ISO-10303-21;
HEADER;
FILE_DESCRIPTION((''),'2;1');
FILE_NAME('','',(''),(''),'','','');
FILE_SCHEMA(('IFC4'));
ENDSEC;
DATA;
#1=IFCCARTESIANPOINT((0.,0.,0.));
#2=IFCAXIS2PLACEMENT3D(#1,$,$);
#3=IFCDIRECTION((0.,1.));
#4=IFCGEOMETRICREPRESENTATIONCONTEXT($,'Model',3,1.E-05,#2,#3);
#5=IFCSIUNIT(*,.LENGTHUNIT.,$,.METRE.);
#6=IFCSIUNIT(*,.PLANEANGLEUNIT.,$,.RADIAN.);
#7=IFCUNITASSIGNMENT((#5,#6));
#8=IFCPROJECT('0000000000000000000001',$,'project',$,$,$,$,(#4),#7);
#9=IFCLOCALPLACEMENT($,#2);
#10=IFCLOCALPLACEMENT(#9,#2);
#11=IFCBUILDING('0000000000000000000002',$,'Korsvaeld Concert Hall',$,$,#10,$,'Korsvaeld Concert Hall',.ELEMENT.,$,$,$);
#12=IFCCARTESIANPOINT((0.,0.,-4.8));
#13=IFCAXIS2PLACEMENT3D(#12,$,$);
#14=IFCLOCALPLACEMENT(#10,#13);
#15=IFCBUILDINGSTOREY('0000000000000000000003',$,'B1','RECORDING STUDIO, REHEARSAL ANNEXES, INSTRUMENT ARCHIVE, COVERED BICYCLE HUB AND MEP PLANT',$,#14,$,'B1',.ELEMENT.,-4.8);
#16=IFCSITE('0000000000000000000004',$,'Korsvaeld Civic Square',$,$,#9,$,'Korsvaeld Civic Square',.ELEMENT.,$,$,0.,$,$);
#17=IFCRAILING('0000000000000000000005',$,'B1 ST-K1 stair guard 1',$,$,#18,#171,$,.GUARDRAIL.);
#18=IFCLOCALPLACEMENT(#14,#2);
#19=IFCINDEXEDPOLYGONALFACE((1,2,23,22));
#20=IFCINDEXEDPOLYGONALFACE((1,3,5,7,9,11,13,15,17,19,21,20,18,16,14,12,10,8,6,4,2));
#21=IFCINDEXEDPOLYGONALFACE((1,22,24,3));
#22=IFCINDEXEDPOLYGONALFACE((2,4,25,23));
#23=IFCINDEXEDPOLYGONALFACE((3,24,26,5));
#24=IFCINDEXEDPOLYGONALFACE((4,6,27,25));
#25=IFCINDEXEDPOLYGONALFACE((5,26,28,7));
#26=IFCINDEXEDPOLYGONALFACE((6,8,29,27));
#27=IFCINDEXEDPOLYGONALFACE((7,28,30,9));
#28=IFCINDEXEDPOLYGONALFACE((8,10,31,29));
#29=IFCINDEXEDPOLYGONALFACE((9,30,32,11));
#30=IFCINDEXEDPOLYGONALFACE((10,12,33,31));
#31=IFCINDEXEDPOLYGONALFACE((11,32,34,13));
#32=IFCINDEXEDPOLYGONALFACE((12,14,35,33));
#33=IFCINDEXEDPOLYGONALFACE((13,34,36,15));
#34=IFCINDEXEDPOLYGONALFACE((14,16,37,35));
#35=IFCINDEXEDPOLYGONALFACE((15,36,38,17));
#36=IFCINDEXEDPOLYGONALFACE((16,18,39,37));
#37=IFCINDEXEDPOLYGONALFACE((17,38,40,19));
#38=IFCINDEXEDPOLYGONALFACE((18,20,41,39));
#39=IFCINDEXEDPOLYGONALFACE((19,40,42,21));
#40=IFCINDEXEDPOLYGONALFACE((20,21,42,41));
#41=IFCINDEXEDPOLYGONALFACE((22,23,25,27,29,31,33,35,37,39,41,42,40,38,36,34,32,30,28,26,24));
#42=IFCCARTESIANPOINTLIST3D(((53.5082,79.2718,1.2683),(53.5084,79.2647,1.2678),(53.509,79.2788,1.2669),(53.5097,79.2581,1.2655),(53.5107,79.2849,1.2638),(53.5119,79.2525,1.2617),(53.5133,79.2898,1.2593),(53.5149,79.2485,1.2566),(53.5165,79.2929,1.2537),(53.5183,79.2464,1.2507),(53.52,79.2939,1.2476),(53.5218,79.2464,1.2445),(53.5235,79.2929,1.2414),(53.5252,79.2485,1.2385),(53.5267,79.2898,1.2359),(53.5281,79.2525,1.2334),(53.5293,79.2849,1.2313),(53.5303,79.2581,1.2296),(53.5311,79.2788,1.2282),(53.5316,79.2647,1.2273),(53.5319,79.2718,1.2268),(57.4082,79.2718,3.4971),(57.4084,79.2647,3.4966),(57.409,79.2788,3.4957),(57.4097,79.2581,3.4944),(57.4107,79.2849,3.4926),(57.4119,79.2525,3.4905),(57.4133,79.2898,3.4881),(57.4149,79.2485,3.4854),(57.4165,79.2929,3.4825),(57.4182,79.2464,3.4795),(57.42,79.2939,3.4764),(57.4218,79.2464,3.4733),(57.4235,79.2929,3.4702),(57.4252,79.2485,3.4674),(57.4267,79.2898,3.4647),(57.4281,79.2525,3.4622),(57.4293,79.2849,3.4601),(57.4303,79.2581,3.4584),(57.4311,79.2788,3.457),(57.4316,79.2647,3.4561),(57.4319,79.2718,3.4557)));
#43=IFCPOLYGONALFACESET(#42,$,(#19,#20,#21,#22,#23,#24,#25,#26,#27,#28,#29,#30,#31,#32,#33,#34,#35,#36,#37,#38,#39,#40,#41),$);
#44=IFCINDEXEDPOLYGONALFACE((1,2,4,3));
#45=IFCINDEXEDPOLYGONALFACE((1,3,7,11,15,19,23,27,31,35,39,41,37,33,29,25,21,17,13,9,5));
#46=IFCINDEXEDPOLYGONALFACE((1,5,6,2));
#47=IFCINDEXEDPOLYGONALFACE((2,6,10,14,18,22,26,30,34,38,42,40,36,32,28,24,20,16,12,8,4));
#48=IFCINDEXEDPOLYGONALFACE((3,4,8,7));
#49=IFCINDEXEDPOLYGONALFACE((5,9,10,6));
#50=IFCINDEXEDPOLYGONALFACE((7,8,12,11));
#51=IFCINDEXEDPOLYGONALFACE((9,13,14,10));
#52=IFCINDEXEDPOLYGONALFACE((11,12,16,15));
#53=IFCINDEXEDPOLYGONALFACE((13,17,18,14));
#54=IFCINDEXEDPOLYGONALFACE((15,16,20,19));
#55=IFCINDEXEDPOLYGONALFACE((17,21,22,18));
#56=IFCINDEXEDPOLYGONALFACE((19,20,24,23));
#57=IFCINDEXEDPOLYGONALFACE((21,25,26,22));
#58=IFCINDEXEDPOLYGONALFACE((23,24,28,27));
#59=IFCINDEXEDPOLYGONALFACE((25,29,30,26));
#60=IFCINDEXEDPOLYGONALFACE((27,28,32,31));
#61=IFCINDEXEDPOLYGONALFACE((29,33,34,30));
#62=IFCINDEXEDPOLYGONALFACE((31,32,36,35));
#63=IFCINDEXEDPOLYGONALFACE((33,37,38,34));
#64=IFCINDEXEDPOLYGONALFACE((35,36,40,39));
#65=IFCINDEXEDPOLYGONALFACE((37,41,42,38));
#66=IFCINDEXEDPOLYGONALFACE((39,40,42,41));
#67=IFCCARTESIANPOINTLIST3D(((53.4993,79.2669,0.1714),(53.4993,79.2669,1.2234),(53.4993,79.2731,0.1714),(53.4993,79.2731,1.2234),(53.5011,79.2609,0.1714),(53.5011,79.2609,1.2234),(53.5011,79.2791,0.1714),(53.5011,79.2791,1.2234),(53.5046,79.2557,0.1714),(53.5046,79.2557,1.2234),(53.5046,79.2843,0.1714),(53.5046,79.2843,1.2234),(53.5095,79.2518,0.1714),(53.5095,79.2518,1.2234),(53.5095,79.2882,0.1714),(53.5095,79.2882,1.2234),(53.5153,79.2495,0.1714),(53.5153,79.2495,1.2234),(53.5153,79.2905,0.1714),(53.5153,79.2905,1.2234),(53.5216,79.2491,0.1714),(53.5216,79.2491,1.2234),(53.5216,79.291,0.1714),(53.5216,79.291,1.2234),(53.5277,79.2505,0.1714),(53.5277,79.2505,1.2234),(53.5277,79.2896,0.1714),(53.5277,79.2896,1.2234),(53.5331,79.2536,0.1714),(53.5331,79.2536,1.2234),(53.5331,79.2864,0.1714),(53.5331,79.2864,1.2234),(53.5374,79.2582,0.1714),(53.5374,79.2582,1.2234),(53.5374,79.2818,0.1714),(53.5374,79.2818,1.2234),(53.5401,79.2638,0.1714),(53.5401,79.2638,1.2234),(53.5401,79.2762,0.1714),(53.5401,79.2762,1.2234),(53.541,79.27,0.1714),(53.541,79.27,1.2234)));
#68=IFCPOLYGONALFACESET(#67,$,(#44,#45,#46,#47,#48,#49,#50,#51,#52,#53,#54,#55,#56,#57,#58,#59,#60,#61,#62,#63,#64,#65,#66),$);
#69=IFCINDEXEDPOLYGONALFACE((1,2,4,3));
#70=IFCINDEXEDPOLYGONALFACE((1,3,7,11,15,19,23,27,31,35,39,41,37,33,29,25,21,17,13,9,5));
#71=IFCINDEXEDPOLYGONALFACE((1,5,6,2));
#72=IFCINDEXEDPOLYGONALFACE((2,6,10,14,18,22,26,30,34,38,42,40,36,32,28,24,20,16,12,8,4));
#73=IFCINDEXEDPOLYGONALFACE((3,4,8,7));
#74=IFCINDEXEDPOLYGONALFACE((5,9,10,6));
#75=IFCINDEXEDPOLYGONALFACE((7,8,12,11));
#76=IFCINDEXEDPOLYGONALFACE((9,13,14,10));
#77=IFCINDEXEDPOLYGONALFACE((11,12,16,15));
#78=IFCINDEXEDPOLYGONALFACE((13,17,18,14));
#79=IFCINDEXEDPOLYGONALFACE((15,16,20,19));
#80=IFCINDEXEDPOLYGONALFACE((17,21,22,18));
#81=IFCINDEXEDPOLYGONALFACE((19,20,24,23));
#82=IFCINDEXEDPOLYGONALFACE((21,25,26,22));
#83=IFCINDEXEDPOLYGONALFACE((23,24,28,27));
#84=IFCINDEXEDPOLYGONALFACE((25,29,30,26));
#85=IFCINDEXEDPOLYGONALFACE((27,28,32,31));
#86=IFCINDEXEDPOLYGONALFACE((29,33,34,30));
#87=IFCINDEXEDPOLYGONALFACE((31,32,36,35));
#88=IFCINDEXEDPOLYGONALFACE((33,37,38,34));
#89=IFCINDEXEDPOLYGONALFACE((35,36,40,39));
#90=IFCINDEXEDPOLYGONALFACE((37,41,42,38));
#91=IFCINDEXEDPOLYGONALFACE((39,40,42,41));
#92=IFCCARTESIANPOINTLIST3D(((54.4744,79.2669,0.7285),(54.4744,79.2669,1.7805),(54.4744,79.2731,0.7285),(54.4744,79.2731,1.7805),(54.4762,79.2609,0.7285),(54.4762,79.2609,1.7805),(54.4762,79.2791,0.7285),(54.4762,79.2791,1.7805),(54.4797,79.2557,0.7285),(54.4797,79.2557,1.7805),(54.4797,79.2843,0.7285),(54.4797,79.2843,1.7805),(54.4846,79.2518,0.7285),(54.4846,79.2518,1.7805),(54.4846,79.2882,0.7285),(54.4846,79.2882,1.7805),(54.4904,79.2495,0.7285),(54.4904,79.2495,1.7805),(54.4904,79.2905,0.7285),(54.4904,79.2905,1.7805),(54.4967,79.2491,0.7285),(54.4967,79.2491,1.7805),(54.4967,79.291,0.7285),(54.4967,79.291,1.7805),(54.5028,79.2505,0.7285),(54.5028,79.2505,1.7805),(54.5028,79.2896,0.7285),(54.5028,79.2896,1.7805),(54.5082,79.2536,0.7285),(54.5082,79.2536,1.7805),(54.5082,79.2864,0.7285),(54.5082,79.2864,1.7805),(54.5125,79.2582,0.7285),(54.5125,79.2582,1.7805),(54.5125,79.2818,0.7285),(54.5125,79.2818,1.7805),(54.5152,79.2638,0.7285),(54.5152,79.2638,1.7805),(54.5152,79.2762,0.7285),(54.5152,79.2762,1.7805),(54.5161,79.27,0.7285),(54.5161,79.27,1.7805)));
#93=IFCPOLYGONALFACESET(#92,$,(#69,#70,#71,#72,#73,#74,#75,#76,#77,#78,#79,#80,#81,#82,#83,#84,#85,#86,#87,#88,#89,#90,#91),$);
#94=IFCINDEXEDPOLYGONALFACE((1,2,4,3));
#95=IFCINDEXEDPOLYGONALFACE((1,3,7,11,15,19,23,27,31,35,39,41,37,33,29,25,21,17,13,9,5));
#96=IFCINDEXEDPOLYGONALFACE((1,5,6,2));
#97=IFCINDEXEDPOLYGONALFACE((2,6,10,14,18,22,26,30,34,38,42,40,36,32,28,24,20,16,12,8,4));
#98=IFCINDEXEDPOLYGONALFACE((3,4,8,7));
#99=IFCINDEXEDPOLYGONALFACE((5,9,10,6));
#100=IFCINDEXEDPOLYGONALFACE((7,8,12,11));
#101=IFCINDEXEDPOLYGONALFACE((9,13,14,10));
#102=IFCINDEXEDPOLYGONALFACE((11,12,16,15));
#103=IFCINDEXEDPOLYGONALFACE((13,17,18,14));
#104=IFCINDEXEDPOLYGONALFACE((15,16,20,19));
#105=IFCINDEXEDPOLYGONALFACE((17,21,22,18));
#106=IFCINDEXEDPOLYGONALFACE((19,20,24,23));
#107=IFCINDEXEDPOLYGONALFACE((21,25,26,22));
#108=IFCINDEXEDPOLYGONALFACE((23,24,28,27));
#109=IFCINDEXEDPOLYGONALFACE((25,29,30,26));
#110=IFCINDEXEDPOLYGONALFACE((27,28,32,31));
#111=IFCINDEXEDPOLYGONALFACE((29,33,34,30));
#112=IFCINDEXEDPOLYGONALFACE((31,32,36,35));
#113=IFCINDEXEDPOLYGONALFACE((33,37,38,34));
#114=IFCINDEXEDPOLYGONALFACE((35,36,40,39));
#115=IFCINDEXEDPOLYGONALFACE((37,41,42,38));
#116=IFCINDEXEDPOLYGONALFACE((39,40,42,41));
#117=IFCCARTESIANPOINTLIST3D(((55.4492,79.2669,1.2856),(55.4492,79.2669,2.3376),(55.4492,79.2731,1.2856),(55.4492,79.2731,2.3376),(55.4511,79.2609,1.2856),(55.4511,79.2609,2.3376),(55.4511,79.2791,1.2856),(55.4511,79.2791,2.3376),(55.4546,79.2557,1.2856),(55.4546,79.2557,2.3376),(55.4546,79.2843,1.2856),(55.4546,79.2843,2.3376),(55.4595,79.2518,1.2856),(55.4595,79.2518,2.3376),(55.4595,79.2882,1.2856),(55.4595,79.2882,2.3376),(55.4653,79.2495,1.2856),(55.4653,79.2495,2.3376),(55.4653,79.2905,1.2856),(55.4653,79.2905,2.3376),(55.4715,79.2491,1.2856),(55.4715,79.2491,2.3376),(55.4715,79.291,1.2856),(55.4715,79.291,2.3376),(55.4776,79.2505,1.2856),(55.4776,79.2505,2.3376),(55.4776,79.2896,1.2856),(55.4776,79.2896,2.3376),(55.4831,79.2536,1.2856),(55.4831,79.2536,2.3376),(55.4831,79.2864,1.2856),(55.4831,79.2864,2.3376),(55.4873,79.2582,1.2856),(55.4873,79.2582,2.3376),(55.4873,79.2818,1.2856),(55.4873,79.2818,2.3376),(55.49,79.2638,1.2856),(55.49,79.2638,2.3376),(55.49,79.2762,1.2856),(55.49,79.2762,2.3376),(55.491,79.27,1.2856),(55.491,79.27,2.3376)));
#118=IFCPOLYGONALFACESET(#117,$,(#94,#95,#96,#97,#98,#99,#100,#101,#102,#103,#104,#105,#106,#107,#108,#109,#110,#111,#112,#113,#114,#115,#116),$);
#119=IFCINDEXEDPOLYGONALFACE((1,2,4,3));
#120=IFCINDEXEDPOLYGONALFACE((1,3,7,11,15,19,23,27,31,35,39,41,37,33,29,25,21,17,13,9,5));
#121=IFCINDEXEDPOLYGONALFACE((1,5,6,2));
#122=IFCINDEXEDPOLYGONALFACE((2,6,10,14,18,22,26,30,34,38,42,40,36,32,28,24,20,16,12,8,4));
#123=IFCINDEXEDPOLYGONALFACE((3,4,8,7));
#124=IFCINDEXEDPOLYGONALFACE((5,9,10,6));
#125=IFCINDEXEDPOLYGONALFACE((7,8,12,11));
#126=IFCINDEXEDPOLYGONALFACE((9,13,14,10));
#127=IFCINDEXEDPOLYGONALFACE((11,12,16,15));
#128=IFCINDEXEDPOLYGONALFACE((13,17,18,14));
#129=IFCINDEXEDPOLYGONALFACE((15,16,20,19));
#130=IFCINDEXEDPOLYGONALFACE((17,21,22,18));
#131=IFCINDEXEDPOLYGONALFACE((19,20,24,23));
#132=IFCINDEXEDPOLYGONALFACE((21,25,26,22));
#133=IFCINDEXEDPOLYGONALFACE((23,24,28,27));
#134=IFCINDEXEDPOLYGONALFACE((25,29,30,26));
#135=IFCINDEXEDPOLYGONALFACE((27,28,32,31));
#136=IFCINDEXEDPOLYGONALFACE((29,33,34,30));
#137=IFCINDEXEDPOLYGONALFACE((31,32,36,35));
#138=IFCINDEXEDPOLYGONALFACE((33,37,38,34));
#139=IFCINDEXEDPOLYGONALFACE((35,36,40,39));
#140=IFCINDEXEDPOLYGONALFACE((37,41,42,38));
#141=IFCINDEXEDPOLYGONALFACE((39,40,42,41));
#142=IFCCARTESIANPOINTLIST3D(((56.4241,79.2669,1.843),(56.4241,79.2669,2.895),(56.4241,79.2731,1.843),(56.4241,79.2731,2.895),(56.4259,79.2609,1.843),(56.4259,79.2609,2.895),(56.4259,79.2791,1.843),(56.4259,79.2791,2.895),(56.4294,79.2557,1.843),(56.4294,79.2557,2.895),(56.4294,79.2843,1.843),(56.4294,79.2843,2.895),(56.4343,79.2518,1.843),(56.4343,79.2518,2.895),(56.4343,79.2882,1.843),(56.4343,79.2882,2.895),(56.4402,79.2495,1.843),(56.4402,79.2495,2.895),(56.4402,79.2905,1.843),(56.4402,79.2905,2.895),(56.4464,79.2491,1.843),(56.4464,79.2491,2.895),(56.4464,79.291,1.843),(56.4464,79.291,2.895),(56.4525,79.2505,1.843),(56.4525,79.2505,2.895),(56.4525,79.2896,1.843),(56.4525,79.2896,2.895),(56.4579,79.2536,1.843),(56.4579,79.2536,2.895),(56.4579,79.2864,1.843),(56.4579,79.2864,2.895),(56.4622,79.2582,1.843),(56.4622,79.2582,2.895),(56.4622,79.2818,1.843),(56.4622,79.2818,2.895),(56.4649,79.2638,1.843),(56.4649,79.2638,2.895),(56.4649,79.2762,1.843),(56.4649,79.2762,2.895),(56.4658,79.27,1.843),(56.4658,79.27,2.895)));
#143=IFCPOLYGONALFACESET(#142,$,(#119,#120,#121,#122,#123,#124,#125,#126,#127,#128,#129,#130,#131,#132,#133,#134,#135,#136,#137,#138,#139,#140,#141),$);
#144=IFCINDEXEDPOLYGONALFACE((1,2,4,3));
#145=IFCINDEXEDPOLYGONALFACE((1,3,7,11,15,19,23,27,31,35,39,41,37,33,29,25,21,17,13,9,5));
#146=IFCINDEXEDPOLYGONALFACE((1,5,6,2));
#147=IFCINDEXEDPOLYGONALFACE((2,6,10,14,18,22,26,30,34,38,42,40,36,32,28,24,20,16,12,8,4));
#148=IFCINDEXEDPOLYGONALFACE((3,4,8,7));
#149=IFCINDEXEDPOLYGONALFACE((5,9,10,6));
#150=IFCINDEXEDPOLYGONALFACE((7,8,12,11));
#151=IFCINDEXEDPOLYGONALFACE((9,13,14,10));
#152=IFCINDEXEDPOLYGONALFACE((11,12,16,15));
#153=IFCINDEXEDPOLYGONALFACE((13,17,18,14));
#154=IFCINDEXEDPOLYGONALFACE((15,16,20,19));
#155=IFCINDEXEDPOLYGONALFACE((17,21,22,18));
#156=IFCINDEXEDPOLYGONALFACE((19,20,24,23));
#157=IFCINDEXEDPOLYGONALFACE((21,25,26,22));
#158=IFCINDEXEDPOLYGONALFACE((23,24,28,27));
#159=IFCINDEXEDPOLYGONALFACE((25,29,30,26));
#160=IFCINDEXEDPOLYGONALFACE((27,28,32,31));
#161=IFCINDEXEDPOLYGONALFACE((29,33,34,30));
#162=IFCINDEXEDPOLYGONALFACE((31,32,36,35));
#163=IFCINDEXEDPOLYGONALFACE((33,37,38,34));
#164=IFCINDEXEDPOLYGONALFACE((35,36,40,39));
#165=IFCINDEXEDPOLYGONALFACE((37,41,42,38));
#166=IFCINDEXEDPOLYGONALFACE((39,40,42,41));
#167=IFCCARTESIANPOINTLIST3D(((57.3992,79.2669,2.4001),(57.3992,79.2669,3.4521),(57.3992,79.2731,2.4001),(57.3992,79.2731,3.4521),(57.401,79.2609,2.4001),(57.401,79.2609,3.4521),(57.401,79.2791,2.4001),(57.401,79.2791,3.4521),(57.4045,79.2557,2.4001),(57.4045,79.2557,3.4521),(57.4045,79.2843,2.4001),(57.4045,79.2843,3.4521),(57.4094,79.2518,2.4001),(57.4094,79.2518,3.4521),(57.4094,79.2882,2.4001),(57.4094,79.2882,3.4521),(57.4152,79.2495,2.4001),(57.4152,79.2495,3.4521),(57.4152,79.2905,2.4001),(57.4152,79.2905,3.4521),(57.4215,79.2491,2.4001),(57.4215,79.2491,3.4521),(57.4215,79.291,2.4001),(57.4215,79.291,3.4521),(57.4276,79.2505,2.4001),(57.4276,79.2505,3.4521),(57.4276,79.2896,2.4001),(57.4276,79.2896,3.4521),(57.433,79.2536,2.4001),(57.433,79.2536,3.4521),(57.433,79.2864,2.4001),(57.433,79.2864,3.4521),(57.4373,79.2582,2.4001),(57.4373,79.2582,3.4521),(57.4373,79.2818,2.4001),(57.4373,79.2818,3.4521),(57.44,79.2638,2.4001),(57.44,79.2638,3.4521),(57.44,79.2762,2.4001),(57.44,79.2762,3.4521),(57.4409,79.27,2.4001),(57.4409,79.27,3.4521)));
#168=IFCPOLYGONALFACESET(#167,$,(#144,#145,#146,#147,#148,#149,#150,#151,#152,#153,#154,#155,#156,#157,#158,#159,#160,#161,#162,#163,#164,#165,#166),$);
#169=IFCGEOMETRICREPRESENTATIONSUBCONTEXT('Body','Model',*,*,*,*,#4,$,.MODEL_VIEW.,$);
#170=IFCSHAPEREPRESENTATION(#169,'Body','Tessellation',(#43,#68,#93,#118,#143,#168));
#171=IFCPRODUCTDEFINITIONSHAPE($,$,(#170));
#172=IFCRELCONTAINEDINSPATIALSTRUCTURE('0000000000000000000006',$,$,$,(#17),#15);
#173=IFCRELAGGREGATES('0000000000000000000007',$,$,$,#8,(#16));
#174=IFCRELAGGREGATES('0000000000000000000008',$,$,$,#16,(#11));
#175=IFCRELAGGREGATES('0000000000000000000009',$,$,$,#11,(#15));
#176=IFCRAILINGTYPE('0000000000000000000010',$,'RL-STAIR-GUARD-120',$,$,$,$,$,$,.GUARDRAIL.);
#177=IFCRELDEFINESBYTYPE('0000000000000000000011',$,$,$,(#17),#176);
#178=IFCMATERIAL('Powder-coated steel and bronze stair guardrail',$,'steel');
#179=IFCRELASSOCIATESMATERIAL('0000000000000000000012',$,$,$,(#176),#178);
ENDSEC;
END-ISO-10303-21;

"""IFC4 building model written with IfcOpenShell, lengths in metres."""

from ifc_helpers import new_model, si_unit, direction, frame, origin, origin_2d, place, context, subcontext, project, spatial, circle, extrude, material, type_object, element, save


model = new_model("IFC4")

# Units and contexts
model_context = context("Model", 3, precision=1e-05, world=origin(), true_north=direction((0.0, 1.0)))
body_context = subcontext(model_context, "Body", "Model", "MODEL_VIEW")
ifc_project = project(units=[si_unit("LENGTHUNIT", "METRE"), si_unit("PLANEANGLEUNIT", "RADIAN")], contexts=[model_context])

# Site, building, storey
site_placement = place(None, origin())
site = spatial("IfcSite", under=ifc_project, at=site_placement, Name="Korsvaeld Civic Square", LongName="Korsvaeld Civic Square", CompositionType="ELEMENT", RefElevation=0.0)
building_placement = place(site_placement, origin())
building = spatial("IfcBuilding", under=site, at=building_placement, Name="Korsvaeld Concert Hall", LongName="Korsvaeld Concert Hall", CompositionType="ELEMENT")
storey_placement = place(building_placement, frame((0.0, 0.0, -4.8)))
storey = spatial("IfcBuildingStorey", under=building, at=storey_placement, Name="B1", Description="RECORDING STUDIO, REHEARSAL ANNEXES, INSTRUMENT ARCHIVE, COVERED BICYCLE HUB AND MEP PLANT", LongName="B1", CompositionType="ELEMENT", Elevation=-4.8)

# Railing
ifc_material_1 = material(Name="Powder-coated steel and bronze stair guardrail", Category="steel")
railing_type_1 = type_object("IfcRailingType", Name="RL-STAIR-GUARD-120", PredefinedType="GUARDRAIL", material=ifc_material_1)
railing_1_placement = place(storey_placement, frame((53.52, 79.27, 0.1714)))
element("IfcRailing", 1, at=railing_1_placement, inside=storey, type_object=railing_type_1, Name="B1 ST-K1 stair guard 1", PredefinedType="GUARDRAIL", context=body_context, shape_type="SweptSolid", body=[
    extrude(circle(Radius=0.0239, at=origin_2d()), frame((0.0, 0.0, 1.0762), z_axis=(0.86822, 0.0, 0.49618), x_axis=(0.0, 1.0, 0.0)), (0.0, 0.0, 1.0), 4.4919),
    extrude(circle(Radius=0.021, at=origin_2d()), origin(), (0.0, 0.0, 1.0), 1.052),
    extrude(circle(Radius=0.021, at=origin_2d()), frame((0.9751, 0.0, 0.5571)), (0.0, 0.0, 1.0), 1.052),
    extrude(circle(Radius=0.021, at=origin_2d()), frame((1.95, 0.0, 1.1143)), (0.0, 0.0, 1.0), 1.052),
    extrude(circle(Radius=0.021, at=origin_2d()), frame((2.9248, 0.0, 1.6716)), (0.0, 0.0, 1.0), 1.052),
    extrude(circle(Radius=0.021, at=origin_2d()), frame((3.8999, 0.0, 2.2288)), (0.0, 0.0, 1.0), 1.052),
])

save(model, "model.ifc")
